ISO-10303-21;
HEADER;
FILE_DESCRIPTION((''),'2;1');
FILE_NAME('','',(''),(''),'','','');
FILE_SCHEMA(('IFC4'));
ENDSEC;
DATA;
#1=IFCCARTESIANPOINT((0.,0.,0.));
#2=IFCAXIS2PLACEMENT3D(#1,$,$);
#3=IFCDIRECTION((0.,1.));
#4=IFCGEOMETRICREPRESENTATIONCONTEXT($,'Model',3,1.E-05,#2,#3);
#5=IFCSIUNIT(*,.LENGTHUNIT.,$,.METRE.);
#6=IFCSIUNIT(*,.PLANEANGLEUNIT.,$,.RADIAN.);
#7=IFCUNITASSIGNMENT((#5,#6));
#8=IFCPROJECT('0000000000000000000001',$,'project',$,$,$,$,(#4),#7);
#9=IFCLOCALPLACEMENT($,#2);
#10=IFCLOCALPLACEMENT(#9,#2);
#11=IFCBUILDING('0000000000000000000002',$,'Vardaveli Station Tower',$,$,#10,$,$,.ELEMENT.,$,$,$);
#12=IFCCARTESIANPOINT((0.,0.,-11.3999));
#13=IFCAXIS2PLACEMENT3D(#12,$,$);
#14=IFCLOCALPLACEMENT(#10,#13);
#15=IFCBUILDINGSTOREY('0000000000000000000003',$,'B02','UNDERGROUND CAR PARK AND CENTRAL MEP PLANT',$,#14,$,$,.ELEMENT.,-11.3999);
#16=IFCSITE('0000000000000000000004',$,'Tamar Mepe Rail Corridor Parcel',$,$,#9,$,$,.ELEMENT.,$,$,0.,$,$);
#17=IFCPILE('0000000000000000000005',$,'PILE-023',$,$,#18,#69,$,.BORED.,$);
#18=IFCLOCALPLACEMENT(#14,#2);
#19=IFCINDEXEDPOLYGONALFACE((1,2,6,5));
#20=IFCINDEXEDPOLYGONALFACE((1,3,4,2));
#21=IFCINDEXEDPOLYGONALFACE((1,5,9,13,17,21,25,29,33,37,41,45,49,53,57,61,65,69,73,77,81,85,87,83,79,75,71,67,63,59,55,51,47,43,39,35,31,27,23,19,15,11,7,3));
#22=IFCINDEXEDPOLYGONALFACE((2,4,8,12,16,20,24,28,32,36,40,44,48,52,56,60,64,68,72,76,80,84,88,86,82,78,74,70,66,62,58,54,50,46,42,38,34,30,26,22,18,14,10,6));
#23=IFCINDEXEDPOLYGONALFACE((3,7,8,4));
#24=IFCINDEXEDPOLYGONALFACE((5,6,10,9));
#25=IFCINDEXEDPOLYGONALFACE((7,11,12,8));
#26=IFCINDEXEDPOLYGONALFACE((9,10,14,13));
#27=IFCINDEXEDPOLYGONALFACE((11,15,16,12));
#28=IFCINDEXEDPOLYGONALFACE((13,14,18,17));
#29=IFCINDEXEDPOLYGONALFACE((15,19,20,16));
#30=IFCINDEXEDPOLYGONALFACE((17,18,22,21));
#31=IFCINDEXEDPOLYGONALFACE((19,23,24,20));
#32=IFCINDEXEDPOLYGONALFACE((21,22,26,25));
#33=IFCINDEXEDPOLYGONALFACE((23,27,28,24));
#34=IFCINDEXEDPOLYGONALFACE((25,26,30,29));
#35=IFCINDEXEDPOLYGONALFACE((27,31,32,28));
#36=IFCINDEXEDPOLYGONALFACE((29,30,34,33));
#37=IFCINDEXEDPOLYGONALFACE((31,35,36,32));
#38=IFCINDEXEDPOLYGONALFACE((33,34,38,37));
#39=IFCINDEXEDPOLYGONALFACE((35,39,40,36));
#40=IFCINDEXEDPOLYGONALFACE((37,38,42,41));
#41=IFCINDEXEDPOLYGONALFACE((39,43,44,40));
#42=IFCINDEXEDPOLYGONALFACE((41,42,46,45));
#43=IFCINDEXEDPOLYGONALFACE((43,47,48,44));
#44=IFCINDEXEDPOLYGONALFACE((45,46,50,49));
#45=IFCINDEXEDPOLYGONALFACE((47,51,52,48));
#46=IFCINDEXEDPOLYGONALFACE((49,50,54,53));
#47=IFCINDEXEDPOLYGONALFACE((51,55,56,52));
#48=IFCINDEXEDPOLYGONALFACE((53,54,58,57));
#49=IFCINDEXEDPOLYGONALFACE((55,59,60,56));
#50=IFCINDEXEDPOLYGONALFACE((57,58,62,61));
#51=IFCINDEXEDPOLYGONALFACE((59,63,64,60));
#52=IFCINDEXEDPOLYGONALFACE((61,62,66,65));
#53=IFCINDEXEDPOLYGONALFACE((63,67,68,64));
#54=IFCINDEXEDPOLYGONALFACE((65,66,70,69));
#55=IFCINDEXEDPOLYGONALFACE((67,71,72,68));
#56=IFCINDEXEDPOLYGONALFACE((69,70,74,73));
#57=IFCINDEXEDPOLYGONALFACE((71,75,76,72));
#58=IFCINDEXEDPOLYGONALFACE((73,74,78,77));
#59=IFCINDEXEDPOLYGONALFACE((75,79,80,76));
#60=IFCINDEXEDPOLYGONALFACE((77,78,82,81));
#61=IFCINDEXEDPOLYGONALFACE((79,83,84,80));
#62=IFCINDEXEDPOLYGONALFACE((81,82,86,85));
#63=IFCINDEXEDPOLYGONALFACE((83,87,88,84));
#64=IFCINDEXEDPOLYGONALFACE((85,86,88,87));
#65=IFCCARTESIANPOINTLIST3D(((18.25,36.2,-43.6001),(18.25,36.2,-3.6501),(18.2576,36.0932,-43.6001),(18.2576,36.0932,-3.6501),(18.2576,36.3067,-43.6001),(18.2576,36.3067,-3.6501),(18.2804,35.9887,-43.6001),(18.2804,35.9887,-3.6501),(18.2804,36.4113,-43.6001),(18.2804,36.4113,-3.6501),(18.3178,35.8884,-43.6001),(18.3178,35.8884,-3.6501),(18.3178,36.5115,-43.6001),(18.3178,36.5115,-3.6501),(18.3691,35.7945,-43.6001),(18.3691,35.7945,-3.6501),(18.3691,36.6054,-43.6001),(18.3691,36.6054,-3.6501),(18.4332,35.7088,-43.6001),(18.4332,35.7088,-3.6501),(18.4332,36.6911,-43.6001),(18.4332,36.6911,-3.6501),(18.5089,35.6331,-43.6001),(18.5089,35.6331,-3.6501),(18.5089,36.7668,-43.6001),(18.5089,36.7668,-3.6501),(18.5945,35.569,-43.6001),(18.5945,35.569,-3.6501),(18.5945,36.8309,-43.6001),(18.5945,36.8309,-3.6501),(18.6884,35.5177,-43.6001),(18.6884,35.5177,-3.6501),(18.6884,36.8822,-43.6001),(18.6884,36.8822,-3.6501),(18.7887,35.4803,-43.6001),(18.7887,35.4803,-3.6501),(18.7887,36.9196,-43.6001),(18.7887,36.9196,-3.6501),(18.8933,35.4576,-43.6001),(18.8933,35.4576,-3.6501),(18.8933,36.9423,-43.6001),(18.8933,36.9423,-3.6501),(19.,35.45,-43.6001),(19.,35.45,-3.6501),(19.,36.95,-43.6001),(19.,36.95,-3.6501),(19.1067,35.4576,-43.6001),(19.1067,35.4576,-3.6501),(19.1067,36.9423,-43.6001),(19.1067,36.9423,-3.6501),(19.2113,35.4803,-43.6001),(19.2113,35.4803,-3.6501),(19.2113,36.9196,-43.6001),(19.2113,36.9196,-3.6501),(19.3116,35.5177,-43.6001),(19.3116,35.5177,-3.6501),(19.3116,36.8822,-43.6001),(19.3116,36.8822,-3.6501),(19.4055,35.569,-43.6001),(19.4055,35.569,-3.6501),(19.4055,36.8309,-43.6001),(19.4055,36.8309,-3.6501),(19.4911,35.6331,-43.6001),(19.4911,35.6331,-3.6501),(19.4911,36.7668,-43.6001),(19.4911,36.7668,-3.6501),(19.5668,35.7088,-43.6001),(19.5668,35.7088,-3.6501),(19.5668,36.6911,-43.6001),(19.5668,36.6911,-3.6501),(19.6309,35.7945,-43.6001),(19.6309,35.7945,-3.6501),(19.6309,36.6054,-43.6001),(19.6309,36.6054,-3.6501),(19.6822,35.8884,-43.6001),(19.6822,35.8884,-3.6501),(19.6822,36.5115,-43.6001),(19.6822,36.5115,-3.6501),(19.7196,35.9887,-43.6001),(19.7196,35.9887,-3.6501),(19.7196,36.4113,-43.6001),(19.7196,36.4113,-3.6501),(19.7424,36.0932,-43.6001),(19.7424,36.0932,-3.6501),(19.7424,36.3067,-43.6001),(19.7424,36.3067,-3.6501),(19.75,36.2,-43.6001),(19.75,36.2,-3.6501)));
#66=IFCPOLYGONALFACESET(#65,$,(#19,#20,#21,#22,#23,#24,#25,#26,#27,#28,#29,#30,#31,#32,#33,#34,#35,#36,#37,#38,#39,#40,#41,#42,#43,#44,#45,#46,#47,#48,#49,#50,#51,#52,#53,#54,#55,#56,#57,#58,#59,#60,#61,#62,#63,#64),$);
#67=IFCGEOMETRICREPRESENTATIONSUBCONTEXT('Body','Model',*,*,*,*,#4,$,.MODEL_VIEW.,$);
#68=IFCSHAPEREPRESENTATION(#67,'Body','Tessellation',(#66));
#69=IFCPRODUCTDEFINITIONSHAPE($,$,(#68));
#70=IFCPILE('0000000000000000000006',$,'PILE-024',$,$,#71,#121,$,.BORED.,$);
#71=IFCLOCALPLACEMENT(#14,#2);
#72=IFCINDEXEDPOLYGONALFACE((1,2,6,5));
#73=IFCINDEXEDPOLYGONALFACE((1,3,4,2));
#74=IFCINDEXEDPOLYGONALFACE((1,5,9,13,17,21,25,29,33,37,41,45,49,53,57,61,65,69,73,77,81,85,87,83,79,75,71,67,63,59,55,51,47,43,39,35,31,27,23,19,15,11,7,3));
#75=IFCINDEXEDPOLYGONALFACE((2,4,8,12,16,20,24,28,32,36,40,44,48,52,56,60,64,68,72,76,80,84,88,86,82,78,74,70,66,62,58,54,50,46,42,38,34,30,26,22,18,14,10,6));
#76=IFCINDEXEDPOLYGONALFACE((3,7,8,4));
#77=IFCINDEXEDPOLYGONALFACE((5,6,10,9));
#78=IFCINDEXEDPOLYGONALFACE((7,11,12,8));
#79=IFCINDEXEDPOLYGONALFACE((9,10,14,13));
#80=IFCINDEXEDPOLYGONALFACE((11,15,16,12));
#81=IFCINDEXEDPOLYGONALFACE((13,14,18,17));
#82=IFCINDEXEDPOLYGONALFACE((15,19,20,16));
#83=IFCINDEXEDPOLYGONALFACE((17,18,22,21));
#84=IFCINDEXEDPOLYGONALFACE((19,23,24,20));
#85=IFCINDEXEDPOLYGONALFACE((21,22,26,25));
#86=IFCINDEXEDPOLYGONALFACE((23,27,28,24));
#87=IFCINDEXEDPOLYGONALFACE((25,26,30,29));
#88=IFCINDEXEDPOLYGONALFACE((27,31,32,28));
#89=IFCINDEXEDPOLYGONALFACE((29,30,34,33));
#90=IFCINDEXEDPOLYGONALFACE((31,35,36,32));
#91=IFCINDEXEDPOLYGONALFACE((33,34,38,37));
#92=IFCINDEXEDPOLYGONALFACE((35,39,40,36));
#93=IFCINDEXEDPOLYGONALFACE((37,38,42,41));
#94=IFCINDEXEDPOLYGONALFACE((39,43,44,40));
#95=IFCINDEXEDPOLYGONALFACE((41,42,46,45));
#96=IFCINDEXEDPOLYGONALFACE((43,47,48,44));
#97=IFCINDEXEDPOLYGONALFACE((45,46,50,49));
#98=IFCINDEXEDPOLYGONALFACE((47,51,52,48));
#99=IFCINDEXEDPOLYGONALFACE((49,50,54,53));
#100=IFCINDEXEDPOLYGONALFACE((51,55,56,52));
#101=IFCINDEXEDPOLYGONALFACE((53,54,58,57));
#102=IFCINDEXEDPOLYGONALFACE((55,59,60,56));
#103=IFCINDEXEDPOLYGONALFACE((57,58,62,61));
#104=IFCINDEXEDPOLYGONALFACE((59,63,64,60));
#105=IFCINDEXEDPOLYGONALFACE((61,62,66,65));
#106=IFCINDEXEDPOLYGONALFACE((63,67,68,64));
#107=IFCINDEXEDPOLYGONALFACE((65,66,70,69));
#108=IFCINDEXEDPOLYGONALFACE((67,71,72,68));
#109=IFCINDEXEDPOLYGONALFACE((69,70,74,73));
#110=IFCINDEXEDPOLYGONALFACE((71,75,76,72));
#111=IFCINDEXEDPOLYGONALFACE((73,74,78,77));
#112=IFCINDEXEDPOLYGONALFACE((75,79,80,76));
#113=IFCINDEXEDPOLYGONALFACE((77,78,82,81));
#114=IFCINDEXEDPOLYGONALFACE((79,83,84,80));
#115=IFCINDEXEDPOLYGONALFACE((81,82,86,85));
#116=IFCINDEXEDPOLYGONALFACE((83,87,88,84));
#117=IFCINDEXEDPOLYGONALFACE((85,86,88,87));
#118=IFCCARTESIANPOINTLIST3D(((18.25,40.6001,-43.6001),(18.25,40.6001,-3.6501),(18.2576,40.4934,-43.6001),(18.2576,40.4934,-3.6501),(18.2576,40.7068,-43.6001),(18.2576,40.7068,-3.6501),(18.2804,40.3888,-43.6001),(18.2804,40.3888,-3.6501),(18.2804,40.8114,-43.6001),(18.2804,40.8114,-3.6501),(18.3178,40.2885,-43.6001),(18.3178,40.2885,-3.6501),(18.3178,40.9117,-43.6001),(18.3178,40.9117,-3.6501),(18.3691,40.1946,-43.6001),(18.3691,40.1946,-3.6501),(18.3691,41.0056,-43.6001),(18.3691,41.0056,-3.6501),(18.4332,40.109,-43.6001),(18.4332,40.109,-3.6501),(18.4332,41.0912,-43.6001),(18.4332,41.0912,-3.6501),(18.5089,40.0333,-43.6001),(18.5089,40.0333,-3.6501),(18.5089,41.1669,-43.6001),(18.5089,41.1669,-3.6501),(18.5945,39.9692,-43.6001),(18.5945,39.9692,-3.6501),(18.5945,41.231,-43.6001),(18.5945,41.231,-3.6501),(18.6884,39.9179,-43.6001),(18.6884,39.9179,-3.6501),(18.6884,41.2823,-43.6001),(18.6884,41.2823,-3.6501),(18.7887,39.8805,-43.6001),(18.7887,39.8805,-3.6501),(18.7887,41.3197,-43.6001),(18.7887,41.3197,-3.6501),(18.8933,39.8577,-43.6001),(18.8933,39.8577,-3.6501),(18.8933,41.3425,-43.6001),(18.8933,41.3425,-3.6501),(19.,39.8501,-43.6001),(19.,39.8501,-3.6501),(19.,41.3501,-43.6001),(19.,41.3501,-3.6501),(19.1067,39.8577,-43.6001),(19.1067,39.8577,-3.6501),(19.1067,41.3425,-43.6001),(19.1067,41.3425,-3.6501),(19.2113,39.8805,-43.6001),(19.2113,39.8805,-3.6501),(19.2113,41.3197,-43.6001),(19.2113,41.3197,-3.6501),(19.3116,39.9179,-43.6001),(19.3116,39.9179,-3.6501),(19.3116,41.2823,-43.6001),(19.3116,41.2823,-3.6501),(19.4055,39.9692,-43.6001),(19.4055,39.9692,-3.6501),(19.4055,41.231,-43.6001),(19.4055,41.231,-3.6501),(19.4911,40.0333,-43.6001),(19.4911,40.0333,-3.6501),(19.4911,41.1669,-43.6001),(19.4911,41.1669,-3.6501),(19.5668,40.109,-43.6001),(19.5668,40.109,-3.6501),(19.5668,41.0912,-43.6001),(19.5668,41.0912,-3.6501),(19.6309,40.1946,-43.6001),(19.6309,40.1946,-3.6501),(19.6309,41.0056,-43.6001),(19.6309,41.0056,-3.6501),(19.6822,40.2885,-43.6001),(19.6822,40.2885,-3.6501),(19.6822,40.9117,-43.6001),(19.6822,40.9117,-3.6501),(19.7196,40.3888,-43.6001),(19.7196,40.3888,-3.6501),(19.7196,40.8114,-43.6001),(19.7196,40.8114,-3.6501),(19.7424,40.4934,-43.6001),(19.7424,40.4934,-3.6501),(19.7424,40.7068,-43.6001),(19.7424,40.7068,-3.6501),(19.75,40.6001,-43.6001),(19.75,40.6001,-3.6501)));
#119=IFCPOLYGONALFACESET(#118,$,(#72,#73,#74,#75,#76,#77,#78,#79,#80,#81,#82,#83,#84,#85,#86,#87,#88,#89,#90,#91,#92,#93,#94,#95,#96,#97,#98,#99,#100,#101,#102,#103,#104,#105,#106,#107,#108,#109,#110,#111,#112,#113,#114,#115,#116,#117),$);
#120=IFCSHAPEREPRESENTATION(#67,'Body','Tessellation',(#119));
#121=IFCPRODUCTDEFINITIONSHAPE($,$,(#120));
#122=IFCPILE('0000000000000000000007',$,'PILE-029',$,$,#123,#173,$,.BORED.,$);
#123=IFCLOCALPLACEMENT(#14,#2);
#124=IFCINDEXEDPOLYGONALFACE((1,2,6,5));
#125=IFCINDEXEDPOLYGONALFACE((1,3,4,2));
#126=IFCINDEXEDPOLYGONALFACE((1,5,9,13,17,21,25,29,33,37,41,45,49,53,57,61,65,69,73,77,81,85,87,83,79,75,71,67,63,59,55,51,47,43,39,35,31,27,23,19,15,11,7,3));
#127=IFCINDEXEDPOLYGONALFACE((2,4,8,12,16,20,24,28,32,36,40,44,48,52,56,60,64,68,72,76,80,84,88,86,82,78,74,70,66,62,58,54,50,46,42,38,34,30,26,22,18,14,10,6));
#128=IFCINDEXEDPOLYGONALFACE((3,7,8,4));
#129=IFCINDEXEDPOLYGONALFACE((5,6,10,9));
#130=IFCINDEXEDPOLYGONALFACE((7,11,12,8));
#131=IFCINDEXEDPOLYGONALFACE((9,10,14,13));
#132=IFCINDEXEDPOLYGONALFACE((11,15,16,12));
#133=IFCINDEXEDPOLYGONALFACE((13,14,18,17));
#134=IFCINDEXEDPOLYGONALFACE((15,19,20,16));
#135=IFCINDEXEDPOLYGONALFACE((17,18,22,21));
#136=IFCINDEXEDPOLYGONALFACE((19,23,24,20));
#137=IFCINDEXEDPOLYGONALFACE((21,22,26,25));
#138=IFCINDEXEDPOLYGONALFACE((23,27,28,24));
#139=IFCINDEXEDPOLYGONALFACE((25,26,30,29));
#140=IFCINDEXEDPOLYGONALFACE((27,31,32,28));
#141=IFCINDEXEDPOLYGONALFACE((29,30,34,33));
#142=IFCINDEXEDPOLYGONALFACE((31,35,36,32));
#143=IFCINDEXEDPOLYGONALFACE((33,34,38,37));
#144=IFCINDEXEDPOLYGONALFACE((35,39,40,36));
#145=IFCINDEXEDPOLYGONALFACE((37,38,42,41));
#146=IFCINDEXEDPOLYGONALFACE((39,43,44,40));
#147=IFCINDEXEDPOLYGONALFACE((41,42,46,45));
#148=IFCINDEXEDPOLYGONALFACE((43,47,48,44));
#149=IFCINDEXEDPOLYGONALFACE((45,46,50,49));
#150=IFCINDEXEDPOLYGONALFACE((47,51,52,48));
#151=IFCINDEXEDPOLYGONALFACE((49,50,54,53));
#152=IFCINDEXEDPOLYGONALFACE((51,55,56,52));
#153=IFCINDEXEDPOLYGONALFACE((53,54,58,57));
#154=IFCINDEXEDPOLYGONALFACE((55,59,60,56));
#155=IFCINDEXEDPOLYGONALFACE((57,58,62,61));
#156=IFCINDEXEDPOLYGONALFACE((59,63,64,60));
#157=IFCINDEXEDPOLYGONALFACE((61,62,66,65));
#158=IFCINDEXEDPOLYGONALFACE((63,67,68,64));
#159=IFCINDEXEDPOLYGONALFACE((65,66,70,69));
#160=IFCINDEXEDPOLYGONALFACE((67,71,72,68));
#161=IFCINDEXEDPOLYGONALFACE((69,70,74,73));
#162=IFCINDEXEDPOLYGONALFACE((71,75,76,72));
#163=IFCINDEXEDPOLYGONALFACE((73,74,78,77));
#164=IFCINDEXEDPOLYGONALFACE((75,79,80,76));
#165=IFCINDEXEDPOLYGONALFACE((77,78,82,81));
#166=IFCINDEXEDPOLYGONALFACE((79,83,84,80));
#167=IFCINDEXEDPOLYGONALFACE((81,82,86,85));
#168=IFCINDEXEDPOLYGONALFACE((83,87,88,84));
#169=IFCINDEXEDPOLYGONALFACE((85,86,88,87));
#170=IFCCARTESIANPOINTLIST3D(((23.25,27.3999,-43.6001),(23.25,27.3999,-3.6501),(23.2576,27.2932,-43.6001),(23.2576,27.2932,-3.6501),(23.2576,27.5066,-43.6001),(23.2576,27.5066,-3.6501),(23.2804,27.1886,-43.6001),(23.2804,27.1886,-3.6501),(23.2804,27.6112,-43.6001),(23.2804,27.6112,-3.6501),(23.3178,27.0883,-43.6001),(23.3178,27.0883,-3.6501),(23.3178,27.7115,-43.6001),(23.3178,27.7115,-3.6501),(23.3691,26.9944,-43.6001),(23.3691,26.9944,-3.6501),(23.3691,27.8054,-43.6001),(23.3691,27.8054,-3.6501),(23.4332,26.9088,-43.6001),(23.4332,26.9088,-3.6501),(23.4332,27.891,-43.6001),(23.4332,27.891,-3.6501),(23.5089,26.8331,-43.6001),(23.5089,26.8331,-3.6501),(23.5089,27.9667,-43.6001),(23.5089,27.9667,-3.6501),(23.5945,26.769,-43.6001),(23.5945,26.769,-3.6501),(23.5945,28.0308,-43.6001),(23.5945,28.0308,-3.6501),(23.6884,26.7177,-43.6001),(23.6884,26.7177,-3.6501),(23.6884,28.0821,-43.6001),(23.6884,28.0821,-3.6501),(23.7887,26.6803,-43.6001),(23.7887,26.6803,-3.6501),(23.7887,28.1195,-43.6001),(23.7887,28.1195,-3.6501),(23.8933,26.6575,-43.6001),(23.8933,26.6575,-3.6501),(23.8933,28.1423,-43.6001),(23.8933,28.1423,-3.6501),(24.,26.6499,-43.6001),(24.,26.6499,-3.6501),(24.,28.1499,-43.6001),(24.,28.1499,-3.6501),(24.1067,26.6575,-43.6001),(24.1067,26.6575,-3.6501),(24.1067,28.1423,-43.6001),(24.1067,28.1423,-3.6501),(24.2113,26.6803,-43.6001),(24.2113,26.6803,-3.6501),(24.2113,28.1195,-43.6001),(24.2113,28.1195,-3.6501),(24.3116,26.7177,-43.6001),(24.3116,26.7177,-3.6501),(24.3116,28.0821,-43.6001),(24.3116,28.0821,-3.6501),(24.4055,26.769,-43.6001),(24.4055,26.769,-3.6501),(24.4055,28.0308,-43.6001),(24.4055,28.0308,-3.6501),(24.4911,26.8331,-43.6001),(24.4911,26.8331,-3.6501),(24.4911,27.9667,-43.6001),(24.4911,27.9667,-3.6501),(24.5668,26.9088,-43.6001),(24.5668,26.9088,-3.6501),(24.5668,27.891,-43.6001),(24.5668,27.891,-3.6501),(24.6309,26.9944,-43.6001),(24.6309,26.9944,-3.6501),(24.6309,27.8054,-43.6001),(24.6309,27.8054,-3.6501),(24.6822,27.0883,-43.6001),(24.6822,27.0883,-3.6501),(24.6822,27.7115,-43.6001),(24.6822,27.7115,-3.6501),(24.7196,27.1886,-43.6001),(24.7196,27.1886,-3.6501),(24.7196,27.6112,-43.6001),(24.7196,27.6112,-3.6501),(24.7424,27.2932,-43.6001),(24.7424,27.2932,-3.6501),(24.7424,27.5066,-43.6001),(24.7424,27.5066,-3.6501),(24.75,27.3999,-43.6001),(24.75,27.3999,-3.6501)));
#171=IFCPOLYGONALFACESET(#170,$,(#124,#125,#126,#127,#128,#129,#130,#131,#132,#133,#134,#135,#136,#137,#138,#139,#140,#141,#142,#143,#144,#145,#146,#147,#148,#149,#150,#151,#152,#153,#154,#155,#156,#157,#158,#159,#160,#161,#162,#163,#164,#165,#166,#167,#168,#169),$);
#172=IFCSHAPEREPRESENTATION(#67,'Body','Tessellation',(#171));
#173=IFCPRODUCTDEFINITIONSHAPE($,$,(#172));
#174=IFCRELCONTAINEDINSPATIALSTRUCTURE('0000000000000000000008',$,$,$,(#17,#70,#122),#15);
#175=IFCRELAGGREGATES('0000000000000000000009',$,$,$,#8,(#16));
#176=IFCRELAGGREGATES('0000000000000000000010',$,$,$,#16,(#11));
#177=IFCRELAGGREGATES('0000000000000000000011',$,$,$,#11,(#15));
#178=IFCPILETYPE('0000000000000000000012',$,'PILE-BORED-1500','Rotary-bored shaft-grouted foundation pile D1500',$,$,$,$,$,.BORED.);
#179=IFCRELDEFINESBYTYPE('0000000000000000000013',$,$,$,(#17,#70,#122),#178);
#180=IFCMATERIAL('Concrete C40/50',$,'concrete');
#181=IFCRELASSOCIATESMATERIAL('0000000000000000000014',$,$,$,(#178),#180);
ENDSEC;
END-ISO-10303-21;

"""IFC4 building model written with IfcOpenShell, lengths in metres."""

from ifc_helpers import new_model, si_unit, direction, frame, origin, origin_2d, place, context, subcontext, project, spatial, circle, extrude, source, transform, mapped, material, material_profile, profile_set, type_object, element, save


model = new_model("IFC4")

# Units and contexts
model_context = context("Model", 3, precision=1e-05, world=origin(), true_north=direction((0.0, 1.0)))
body_context = subcontext(model_context, "Body", "Model", "MODEL_VIEW")
ifc_project = project(units=[si_unit("LENGTHUNIT", "METRE"), si_unit("PLANEANGLEUNIT", "RADIAN")], contexts=[model_context])

# Site, building, storey
site_placement = place(None, origin())
site = spatial("IfcSite", under=ifc_project, at=site_placement, Name="Tamar Mepe Rail Corridor Parcel", CompositionType="ELEMENT", RefElevation=0.0)
building_placement = place(site_placement, origin())
building = spatial("IfcBuilding", under=site, at=building_placement, Name="Vardaveli Station Tower", CompositionType="ELEMENT")
storey_placement = place(building_placement, frame((0.0, 0.0, -11.3999)))
storey = spatial("IfcBuildingStorey", under=building, at=storey_placement, Name="B02", Description="UNDERGROUND CAR PARK AND CENTRAL MEP PLANT", CompositionType="ELEMENT", Elevation=-11.3999)

# Piles
ifc_material_1 = material(Name="Concrete C40/50", Category="concrete")
ifc_material_profile_1 = material_profile(ifc_material_1, circle(Radius=0.75, at=origin_2d()), Name="PILE D1500")
ifc_profile_set_1 = profile_set([ifc_material_profile_1], Name="Concrete C40/50")
pile_type_1 = type_object("IfcPileType", Name="PILE-BORED-1500", Description="Rotary-bored shaft-grouted foundation pile D1500", PredefinedType="BORED", material=ifc_profile_set_1)
shared_shape_1 = source(origin(), body_context, "Body", "SweptSolid", [
    extrude(circle(Radius=0.75, at=origin_2d()), origin(), (0.0, 0.0, 1.0), 39.95),
])
for number, where, z_axis, x_axis, name in (
    (1, (19.0, 36.2, -3.6501), (0.0, 0.0, -1.0), (1.0, 0.0, 0.0), "PILE-023"),
    (2, (19.0, 40.6001, -3.6501), (0.0, 0.0, -1.0), (1.0, 0.0, 0.0), "PILE-024"),
    (3, (24.0, 27.3999, -3.6501), (0.0, 0.0, -1.0), (1.0, 0.0, 0.0), "PILE-029"),
):
    element("IfcPile", number, at=place(storey_placement, frame(where, z_axis=z_axis, x_axis=x_axis)), inside=storey, type_object=pile_type_1, Name=name, PredefinedType="BORED", context=body_context, shape_type="MappedRepresentation", body=[
        mapped(shared_shape_1, transform((0.0, 0.0, 0.0), scale=1.0)),
    ])

save(model, "model.ifc")
